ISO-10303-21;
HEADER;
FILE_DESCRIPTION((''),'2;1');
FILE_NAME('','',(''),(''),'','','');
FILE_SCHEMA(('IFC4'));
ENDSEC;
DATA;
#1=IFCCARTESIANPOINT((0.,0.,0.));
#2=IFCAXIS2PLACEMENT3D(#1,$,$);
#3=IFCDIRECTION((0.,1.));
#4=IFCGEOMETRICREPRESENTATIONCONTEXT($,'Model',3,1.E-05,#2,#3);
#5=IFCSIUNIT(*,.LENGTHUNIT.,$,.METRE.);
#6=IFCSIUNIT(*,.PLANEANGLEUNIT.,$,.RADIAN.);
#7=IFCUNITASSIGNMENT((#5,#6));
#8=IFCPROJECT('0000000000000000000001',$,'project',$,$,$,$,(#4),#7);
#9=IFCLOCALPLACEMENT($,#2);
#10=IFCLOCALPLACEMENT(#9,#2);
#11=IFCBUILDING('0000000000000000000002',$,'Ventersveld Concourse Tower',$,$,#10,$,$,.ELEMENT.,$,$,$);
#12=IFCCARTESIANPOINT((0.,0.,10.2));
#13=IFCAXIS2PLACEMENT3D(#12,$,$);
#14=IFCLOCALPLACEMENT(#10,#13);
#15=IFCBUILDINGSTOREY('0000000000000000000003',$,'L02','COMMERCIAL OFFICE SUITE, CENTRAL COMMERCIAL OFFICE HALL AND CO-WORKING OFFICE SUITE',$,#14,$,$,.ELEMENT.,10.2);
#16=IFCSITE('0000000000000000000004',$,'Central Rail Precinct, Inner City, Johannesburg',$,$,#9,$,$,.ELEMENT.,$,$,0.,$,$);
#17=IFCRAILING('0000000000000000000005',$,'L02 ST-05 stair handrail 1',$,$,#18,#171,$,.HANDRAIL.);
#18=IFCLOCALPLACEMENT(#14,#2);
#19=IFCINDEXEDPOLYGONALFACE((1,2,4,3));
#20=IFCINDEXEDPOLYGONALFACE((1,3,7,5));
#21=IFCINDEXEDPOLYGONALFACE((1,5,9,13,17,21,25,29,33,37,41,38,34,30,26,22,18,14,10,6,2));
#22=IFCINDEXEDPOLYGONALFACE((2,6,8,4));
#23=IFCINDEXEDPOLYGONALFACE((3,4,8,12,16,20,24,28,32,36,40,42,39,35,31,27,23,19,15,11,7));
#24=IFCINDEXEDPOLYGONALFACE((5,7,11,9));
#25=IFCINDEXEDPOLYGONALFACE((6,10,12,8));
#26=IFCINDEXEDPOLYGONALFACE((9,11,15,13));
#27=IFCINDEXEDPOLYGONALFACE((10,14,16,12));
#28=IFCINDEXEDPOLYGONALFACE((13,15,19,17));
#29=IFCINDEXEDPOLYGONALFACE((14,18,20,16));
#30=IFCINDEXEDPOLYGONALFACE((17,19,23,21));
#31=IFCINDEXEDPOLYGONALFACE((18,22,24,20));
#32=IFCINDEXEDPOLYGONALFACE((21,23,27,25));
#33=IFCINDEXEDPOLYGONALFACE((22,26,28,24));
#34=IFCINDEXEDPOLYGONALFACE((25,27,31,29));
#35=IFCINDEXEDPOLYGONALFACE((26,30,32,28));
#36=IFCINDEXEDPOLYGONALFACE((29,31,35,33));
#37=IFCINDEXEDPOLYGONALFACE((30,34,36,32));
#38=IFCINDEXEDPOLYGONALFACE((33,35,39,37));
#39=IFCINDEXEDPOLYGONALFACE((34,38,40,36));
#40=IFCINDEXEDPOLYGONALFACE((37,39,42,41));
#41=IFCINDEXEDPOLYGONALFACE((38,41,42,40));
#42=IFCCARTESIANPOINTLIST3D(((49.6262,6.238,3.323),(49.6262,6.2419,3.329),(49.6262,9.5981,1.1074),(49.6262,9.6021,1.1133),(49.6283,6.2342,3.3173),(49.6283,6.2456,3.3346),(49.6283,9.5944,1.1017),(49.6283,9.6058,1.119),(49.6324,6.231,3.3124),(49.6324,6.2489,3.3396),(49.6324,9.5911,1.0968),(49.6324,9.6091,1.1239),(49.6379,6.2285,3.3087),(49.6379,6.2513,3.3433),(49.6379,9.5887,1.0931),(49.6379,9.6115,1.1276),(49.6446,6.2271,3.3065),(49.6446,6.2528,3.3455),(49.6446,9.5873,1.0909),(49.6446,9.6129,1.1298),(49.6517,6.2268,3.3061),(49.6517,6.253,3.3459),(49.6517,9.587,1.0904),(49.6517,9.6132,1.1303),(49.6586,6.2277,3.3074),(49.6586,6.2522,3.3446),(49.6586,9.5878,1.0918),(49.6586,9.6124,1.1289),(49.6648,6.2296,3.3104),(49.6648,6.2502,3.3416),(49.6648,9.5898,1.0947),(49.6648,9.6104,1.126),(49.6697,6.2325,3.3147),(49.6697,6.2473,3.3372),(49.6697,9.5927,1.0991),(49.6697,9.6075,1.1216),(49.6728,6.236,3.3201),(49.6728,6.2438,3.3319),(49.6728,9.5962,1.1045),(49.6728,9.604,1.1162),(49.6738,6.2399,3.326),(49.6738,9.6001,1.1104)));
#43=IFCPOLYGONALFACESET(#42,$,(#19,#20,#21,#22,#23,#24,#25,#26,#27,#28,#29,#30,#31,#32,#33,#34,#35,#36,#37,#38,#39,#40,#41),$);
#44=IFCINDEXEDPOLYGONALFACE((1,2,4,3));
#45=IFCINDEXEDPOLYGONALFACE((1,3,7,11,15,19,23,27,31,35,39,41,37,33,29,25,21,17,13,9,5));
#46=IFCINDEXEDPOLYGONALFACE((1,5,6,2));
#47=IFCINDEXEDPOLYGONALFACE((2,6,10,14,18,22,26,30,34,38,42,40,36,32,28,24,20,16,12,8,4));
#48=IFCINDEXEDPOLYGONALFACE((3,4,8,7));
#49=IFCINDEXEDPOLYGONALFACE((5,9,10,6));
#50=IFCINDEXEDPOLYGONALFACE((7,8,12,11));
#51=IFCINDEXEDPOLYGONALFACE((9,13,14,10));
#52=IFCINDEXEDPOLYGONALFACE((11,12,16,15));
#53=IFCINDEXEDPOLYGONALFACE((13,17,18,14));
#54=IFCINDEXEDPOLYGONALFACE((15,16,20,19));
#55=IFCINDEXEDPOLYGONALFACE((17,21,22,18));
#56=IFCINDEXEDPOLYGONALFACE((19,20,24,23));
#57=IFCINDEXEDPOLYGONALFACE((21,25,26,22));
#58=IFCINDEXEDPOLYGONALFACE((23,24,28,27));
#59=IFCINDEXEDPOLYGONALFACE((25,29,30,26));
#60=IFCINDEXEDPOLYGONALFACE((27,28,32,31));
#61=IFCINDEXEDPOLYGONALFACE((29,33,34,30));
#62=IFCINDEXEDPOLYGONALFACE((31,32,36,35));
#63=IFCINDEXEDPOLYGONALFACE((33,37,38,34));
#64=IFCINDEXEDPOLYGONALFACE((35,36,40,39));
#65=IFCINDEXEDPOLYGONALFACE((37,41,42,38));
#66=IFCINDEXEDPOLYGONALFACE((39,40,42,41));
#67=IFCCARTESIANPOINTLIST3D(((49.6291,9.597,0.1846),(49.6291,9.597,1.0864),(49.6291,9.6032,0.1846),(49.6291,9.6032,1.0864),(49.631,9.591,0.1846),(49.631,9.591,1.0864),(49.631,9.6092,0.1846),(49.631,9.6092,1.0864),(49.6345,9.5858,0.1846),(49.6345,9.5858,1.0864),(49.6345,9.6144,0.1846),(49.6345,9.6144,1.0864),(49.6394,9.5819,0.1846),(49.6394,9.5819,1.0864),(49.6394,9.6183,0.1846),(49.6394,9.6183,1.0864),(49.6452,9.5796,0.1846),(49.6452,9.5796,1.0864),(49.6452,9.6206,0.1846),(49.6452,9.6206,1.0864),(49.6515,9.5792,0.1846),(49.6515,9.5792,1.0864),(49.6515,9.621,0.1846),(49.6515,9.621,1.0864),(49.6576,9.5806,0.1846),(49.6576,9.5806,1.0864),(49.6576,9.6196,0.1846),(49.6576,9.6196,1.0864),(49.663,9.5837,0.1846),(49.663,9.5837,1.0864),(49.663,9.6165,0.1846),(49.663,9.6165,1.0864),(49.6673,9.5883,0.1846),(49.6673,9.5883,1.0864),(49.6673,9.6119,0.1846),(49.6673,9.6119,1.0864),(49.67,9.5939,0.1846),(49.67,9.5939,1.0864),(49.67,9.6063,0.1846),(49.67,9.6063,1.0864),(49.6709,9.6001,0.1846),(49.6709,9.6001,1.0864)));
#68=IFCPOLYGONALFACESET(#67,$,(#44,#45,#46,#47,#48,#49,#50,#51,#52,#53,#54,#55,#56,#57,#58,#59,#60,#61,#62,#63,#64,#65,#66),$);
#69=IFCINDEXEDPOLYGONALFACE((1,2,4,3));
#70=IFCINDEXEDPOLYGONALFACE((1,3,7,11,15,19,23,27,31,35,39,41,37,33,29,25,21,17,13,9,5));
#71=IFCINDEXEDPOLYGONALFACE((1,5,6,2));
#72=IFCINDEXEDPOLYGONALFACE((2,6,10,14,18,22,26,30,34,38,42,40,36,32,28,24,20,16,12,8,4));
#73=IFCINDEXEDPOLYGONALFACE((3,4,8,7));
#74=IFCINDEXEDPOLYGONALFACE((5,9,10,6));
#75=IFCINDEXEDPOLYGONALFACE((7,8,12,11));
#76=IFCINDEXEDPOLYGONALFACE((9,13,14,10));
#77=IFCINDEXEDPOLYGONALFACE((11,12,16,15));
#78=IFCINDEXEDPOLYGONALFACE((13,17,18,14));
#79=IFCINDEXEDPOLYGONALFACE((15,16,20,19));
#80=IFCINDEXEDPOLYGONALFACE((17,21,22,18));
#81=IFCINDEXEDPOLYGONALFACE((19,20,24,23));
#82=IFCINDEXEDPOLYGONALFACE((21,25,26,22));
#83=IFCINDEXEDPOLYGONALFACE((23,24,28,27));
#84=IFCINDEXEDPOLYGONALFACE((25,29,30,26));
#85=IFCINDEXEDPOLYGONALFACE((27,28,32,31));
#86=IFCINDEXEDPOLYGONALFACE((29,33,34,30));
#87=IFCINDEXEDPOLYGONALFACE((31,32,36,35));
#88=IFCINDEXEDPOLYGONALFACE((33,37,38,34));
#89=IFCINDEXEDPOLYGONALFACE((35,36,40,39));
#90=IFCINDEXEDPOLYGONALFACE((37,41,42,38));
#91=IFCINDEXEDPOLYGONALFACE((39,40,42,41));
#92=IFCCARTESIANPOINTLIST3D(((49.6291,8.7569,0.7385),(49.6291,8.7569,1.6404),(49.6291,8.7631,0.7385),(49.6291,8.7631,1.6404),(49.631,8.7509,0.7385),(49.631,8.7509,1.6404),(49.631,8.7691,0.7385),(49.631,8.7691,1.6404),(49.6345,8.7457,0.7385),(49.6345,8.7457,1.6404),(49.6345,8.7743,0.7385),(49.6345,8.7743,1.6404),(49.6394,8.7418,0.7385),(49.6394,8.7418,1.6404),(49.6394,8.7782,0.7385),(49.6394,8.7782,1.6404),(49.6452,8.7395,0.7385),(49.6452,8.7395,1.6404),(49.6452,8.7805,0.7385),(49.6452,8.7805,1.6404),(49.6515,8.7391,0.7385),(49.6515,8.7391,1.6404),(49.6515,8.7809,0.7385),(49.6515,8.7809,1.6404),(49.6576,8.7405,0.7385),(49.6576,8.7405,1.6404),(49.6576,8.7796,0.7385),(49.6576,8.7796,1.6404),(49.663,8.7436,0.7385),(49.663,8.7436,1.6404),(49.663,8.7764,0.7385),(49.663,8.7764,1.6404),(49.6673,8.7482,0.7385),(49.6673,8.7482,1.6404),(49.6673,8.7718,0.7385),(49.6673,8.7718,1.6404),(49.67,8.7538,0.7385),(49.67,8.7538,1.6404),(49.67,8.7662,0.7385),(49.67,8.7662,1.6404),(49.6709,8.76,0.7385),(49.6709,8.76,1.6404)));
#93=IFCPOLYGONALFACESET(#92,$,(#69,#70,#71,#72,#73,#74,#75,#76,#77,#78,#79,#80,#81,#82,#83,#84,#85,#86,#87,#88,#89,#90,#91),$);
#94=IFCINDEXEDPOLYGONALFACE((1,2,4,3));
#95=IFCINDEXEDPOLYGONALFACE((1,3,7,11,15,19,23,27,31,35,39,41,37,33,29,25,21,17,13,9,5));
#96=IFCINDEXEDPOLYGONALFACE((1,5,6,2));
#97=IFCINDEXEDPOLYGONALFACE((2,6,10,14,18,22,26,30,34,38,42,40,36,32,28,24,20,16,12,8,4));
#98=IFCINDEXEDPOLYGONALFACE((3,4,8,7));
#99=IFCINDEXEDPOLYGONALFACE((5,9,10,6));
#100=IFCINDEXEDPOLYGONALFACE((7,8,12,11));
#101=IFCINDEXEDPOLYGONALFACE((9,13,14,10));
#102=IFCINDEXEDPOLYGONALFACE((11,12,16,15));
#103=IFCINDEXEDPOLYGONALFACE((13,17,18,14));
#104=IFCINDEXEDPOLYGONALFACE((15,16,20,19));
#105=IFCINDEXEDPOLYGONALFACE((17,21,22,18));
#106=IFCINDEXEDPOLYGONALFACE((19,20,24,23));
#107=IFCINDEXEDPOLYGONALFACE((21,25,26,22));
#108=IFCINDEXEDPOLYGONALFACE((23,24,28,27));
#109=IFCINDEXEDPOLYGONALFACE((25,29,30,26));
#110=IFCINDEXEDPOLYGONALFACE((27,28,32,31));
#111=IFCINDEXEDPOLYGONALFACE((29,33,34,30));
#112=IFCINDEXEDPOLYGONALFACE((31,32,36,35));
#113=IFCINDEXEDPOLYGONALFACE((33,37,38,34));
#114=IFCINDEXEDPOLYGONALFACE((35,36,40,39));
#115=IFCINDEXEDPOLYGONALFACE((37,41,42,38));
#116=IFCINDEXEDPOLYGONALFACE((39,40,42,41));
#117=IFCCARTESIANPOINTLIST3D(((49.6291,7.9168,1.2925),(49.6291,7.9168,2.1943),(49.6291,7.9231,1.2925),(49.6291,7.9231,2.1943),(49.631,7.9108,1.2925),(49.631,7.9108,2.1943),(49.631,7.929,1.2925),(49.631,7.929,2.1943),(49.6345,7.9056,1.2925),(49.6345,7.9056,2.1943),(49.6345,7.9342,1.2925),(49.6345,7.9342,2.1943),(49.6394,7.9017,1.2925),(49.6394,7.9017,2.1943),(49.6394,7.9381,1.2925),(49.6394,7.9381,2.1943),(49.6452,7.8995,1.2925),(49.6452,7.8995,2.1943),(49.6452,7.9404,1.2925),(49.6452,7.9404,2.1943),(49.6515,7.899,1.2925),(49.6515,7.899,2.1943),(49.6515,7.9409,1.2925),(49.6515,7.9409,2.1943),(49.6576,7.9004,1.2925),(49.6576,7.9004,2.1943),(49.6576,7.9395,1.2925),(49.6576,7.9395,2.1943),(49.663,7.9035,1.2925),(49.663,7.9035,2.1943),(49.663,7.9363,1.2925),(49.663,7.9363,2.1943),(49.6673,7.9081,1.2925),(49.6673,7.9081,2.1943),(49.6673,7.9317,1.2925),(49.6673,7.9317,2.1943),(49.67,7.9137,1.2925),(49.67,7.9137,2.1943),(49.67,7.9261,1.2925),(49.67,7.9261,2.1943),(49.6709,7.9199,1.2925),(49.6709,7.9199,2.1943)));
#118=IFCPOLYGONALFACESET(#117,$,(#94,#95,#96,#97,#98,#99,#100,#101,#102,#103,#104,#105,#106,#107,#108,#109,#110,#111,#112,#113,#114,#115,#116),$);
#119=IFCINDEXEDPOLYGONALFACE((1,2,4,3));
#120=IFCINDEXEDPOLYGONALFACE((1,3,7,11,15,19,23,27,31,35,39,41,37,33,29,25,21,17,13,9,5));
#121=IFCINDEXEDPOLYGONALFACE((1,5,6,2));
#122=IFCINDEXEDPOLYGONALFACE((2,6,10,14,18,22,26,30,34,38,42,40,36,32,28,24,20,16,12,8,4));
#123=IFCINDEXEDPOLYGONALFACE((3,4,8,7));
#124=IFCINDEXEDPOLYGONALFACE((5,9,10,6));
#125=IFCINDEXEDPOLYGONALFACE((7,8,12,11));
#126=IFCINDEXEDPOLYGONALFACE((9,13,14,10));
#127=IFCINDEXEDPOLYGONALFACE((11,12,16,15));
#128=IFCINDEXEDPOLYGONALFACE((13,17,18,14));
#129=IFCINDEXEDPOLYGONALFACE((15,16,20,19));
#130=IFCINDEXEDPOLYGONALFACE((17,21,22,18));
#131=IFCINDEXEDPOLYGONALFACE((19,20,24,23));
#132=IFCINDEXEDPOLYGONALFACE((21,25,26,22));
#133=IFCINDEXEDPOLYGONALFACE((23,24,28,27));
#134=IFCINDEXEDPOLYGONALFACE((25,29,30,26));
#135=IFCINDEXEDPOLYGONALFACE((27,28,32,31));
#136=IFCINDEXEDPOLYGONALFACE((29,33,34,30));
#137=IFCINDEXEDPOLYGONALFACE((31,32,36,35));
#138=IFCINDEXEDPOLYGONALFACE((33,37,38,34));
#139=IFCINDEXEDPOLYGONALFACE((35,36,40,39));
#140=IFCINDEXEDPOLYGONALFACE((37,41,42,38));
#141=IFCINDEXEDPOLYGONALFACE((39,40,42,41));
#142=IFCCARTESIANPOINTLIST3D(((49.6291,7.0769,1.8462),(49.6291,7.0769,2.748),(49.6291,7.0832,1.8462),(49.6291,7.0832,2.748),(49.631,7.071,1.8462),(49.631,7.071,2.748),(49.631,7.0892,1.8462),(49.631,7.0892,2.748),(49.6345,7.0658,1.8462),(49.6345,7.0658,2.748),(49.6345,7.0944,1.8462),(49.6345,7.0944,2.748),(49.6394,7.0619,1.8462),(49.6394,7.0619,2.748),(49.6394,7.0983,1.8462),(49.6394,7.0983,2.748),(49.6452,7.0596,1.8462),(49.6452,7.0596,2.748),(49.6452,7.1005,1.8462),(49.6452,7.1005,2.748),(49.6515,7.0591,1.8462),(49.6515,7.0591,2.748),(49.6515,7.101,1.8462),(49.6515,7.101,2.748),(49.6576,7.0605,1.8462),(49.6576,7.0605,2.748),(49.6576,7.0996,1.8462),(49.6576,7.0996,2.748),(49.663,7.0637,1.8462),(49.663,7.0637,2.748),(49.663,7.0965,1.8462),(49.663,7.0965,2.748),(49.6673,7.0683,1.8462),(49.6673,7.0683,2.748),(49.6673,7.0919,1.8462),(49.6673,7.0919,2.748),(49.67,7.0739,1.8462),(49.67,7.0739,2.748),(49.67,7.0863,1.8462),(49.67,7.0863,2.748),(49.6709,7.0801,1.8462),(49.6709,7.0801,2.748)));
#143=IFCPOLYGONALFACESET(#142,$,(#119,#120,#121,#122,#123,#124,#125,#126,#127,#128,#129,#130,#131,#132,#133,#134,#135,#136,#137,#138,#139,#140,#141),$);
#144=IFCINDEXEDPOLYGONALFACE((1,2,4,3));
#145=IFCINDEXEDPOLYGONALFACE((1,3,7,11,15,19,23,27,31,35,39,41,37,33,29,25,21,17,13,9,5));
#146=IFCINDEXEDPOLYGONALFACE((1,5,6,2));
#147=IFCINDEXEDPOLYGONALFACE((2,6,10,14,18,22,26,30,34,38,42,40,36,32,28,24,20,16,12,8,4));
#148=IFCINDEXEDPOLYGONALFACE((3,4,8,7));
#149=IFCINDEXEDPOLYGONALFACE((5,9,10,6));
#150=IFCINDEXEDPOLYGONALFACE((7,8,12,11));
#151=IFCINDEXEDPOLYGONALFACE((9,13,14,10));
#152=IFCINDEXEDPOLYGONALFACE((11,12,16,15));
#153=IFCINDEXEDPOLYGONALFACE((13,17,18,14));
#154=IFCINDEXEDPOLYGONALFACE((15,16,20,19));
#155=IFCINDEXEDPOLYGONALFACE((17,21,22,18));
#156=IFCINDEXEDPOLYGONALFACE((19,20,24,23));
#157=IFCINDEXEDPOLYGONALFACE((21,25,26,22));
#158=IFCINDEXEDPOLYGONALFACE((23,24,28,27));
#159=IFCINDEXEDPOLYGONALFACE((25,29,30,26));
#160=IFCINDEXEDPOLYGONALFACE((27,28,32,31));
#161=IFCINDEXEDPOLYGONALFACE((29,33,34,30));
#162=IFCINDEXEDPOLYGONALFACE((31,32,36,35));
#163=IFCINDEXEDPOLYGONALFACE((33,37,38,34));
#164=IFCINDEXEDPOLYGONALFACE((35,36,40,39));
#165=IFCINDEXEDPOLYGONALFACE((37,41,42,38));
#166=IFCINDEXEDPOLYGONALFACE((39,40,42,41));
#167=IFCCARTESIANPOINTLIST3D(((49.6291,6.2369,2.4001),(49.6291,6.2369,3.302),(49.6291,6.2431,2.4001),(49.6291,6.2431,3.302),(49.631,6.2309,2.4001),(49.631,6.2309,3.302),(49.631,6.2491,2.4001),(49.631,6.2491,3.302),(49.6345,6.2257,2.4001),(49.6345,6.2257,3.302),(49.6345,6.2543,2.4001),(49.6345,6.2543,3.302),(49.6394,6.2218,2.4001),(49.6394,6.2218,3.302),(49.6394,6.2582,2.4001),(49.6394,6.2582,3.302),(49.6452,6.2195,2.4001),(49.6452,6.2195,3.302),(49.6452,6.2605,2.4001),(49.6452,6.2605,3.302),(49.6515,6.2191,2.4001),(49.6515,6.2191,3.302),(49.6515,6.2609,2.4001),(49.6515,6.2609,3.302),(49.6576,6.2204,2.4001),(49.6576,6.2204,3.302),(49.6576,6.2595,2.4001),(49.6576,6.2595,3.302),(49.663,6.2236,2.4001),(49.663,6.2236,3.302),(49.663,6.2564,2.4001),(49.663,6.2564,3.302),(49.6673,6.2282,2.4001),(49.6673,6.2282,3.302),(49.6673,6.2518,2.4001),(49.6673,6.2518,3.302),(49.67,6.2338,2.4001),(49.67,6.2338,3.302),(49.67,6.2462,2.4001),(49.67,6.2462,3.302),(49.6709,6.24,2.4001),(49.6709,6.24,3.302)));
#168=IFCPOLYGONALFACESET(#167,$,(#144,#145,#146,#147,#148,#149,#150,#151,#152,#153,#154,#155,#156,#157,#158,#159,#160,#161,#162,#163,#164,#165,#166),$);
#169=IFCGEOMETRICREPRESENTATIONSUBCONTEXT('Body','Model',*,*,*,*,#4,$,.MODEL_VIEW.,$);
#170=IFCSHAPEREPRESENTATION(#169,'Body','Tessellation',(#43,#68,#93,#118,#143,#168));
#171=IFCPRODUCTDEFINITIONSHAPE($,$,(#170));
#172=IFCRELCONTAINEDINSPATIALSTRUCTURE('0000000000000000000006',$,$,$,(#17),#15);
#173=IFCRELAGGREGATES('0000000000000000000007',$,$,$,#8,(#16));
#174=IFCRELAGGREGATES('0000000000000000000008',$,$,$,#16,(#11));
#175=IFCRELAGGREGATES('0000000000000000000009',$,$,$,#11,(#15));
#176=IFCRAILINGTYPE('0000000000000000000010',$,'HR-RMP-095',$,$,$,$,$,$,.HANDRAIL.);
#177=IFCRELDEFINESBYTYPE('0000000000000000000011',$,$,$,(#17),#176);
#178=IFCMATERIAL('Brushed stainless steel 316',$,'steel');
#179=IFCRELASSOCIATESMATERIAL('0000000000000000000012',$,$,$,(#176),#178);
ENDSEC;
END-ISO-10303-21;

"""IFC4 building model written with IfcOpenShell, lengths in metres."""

from ifc_helpers import new_model, si_unit, direction, frame, origin, origin_2d, place, context, subcontext, project, spatial, circle, extrude, material, type_object, element, save


model = new_model("IFC4")

# Units and contexts
model_context = context("Model", 3, precision=1e-05, world=origin(), true_north=direction((0.0, 1.0)))
body_context = subcontext(model_context, "Body", "Model", "MODEL_VIEW")
ifc_project = project(units=[si_unit("LENGTHUNIT", "METRE"), si_unit("PLANEANGLEUNIT", "RADIAN")], contexts=[model_context])

# Site, building, storey
site_placement = place(None, origin())
site = spatial("IfcSite", under=ifc_project, at=site_placement, Name="Central Rail Precinct, Inner City, Johannesburg", CompositionType="ELEMENT", RefElevation=0.0)
building_placement = place(site_placement, origin())
building = spatial("IfcBuilding", under=site, at=building_placement, Name="Ventersveld Concourse Tower", CompositionType="ELEMENT")
storey_placement = place(building_placement, frame((0.0, 0.0, 10.2)))
storey = spatial("IfcBuildingStorey", under=building, at=storey_placement, Name="L02", Description="COMMERCIAL OFFICE SUITE, CENTRAL COMMERCIAL OFFICE HALL AND CO-WORKING OFFICE SUITE", CompositionType="ELEMENT", Elevation=10.2)

# Railing
ifc_material_1 = material(Name="Brushed stainless steel 316", Category="steel")
railing_type_1 = type_object("IfcRailingType", Name="HR-RMP-095", PredefinedType="HANDRAIL", material=ifc_material_1)
railing_1_placement = place(storey_placement, frame((49.6499, 9.6001, 0.1846)))
element("IfcRailing", 1, at=railing_1_placement, inside=storey, type_object=railing_type_1, Name="L02 ST-05 stair handrail 1", PredefinedType="HANDRAIL", context=body_context, shape_type="SweptSolid", body=[
    extrude(circle(Radius=0.0239, at=origin_2d()), frame((0.0, 0.0, 0.9258), z_axis=(0.0, -0.834849, 0.55048), x_axis=(1.0, 0.0, 0.0)), (0.0, 0.0, 1.0), 4.0249),
    extrude(circle(Radius=0.021, at=origin_2d()), origin(), (0.0, 0.0, 1.0), 0.9019),
    extrude(circle(Radius=0.021, at=origin_2d()), frame((0.0, -0.8401, 0.554)), (0.0, 0.0, 1.0), 0.9019),
    extrude(circle(Radius=0.021, at=origin_2d()), frame((0.0, -1.6802, 1.1079)), (0.0, 0.0, 1.0), 0.9019),
    extrude(circle(Radius=0.021, at=origin_2d()), frame((0.0, -2.52, 1.6616)), (0.0, 0.0, 1.0), 0.9019),
    extrude(circle(Radius=0.021, at=origin_2d()), frame((0.0, -3.3601, 2.2156)), (0.0, 0.0, 1.0), 0.9019),
])

save(model, "model.ifc")
